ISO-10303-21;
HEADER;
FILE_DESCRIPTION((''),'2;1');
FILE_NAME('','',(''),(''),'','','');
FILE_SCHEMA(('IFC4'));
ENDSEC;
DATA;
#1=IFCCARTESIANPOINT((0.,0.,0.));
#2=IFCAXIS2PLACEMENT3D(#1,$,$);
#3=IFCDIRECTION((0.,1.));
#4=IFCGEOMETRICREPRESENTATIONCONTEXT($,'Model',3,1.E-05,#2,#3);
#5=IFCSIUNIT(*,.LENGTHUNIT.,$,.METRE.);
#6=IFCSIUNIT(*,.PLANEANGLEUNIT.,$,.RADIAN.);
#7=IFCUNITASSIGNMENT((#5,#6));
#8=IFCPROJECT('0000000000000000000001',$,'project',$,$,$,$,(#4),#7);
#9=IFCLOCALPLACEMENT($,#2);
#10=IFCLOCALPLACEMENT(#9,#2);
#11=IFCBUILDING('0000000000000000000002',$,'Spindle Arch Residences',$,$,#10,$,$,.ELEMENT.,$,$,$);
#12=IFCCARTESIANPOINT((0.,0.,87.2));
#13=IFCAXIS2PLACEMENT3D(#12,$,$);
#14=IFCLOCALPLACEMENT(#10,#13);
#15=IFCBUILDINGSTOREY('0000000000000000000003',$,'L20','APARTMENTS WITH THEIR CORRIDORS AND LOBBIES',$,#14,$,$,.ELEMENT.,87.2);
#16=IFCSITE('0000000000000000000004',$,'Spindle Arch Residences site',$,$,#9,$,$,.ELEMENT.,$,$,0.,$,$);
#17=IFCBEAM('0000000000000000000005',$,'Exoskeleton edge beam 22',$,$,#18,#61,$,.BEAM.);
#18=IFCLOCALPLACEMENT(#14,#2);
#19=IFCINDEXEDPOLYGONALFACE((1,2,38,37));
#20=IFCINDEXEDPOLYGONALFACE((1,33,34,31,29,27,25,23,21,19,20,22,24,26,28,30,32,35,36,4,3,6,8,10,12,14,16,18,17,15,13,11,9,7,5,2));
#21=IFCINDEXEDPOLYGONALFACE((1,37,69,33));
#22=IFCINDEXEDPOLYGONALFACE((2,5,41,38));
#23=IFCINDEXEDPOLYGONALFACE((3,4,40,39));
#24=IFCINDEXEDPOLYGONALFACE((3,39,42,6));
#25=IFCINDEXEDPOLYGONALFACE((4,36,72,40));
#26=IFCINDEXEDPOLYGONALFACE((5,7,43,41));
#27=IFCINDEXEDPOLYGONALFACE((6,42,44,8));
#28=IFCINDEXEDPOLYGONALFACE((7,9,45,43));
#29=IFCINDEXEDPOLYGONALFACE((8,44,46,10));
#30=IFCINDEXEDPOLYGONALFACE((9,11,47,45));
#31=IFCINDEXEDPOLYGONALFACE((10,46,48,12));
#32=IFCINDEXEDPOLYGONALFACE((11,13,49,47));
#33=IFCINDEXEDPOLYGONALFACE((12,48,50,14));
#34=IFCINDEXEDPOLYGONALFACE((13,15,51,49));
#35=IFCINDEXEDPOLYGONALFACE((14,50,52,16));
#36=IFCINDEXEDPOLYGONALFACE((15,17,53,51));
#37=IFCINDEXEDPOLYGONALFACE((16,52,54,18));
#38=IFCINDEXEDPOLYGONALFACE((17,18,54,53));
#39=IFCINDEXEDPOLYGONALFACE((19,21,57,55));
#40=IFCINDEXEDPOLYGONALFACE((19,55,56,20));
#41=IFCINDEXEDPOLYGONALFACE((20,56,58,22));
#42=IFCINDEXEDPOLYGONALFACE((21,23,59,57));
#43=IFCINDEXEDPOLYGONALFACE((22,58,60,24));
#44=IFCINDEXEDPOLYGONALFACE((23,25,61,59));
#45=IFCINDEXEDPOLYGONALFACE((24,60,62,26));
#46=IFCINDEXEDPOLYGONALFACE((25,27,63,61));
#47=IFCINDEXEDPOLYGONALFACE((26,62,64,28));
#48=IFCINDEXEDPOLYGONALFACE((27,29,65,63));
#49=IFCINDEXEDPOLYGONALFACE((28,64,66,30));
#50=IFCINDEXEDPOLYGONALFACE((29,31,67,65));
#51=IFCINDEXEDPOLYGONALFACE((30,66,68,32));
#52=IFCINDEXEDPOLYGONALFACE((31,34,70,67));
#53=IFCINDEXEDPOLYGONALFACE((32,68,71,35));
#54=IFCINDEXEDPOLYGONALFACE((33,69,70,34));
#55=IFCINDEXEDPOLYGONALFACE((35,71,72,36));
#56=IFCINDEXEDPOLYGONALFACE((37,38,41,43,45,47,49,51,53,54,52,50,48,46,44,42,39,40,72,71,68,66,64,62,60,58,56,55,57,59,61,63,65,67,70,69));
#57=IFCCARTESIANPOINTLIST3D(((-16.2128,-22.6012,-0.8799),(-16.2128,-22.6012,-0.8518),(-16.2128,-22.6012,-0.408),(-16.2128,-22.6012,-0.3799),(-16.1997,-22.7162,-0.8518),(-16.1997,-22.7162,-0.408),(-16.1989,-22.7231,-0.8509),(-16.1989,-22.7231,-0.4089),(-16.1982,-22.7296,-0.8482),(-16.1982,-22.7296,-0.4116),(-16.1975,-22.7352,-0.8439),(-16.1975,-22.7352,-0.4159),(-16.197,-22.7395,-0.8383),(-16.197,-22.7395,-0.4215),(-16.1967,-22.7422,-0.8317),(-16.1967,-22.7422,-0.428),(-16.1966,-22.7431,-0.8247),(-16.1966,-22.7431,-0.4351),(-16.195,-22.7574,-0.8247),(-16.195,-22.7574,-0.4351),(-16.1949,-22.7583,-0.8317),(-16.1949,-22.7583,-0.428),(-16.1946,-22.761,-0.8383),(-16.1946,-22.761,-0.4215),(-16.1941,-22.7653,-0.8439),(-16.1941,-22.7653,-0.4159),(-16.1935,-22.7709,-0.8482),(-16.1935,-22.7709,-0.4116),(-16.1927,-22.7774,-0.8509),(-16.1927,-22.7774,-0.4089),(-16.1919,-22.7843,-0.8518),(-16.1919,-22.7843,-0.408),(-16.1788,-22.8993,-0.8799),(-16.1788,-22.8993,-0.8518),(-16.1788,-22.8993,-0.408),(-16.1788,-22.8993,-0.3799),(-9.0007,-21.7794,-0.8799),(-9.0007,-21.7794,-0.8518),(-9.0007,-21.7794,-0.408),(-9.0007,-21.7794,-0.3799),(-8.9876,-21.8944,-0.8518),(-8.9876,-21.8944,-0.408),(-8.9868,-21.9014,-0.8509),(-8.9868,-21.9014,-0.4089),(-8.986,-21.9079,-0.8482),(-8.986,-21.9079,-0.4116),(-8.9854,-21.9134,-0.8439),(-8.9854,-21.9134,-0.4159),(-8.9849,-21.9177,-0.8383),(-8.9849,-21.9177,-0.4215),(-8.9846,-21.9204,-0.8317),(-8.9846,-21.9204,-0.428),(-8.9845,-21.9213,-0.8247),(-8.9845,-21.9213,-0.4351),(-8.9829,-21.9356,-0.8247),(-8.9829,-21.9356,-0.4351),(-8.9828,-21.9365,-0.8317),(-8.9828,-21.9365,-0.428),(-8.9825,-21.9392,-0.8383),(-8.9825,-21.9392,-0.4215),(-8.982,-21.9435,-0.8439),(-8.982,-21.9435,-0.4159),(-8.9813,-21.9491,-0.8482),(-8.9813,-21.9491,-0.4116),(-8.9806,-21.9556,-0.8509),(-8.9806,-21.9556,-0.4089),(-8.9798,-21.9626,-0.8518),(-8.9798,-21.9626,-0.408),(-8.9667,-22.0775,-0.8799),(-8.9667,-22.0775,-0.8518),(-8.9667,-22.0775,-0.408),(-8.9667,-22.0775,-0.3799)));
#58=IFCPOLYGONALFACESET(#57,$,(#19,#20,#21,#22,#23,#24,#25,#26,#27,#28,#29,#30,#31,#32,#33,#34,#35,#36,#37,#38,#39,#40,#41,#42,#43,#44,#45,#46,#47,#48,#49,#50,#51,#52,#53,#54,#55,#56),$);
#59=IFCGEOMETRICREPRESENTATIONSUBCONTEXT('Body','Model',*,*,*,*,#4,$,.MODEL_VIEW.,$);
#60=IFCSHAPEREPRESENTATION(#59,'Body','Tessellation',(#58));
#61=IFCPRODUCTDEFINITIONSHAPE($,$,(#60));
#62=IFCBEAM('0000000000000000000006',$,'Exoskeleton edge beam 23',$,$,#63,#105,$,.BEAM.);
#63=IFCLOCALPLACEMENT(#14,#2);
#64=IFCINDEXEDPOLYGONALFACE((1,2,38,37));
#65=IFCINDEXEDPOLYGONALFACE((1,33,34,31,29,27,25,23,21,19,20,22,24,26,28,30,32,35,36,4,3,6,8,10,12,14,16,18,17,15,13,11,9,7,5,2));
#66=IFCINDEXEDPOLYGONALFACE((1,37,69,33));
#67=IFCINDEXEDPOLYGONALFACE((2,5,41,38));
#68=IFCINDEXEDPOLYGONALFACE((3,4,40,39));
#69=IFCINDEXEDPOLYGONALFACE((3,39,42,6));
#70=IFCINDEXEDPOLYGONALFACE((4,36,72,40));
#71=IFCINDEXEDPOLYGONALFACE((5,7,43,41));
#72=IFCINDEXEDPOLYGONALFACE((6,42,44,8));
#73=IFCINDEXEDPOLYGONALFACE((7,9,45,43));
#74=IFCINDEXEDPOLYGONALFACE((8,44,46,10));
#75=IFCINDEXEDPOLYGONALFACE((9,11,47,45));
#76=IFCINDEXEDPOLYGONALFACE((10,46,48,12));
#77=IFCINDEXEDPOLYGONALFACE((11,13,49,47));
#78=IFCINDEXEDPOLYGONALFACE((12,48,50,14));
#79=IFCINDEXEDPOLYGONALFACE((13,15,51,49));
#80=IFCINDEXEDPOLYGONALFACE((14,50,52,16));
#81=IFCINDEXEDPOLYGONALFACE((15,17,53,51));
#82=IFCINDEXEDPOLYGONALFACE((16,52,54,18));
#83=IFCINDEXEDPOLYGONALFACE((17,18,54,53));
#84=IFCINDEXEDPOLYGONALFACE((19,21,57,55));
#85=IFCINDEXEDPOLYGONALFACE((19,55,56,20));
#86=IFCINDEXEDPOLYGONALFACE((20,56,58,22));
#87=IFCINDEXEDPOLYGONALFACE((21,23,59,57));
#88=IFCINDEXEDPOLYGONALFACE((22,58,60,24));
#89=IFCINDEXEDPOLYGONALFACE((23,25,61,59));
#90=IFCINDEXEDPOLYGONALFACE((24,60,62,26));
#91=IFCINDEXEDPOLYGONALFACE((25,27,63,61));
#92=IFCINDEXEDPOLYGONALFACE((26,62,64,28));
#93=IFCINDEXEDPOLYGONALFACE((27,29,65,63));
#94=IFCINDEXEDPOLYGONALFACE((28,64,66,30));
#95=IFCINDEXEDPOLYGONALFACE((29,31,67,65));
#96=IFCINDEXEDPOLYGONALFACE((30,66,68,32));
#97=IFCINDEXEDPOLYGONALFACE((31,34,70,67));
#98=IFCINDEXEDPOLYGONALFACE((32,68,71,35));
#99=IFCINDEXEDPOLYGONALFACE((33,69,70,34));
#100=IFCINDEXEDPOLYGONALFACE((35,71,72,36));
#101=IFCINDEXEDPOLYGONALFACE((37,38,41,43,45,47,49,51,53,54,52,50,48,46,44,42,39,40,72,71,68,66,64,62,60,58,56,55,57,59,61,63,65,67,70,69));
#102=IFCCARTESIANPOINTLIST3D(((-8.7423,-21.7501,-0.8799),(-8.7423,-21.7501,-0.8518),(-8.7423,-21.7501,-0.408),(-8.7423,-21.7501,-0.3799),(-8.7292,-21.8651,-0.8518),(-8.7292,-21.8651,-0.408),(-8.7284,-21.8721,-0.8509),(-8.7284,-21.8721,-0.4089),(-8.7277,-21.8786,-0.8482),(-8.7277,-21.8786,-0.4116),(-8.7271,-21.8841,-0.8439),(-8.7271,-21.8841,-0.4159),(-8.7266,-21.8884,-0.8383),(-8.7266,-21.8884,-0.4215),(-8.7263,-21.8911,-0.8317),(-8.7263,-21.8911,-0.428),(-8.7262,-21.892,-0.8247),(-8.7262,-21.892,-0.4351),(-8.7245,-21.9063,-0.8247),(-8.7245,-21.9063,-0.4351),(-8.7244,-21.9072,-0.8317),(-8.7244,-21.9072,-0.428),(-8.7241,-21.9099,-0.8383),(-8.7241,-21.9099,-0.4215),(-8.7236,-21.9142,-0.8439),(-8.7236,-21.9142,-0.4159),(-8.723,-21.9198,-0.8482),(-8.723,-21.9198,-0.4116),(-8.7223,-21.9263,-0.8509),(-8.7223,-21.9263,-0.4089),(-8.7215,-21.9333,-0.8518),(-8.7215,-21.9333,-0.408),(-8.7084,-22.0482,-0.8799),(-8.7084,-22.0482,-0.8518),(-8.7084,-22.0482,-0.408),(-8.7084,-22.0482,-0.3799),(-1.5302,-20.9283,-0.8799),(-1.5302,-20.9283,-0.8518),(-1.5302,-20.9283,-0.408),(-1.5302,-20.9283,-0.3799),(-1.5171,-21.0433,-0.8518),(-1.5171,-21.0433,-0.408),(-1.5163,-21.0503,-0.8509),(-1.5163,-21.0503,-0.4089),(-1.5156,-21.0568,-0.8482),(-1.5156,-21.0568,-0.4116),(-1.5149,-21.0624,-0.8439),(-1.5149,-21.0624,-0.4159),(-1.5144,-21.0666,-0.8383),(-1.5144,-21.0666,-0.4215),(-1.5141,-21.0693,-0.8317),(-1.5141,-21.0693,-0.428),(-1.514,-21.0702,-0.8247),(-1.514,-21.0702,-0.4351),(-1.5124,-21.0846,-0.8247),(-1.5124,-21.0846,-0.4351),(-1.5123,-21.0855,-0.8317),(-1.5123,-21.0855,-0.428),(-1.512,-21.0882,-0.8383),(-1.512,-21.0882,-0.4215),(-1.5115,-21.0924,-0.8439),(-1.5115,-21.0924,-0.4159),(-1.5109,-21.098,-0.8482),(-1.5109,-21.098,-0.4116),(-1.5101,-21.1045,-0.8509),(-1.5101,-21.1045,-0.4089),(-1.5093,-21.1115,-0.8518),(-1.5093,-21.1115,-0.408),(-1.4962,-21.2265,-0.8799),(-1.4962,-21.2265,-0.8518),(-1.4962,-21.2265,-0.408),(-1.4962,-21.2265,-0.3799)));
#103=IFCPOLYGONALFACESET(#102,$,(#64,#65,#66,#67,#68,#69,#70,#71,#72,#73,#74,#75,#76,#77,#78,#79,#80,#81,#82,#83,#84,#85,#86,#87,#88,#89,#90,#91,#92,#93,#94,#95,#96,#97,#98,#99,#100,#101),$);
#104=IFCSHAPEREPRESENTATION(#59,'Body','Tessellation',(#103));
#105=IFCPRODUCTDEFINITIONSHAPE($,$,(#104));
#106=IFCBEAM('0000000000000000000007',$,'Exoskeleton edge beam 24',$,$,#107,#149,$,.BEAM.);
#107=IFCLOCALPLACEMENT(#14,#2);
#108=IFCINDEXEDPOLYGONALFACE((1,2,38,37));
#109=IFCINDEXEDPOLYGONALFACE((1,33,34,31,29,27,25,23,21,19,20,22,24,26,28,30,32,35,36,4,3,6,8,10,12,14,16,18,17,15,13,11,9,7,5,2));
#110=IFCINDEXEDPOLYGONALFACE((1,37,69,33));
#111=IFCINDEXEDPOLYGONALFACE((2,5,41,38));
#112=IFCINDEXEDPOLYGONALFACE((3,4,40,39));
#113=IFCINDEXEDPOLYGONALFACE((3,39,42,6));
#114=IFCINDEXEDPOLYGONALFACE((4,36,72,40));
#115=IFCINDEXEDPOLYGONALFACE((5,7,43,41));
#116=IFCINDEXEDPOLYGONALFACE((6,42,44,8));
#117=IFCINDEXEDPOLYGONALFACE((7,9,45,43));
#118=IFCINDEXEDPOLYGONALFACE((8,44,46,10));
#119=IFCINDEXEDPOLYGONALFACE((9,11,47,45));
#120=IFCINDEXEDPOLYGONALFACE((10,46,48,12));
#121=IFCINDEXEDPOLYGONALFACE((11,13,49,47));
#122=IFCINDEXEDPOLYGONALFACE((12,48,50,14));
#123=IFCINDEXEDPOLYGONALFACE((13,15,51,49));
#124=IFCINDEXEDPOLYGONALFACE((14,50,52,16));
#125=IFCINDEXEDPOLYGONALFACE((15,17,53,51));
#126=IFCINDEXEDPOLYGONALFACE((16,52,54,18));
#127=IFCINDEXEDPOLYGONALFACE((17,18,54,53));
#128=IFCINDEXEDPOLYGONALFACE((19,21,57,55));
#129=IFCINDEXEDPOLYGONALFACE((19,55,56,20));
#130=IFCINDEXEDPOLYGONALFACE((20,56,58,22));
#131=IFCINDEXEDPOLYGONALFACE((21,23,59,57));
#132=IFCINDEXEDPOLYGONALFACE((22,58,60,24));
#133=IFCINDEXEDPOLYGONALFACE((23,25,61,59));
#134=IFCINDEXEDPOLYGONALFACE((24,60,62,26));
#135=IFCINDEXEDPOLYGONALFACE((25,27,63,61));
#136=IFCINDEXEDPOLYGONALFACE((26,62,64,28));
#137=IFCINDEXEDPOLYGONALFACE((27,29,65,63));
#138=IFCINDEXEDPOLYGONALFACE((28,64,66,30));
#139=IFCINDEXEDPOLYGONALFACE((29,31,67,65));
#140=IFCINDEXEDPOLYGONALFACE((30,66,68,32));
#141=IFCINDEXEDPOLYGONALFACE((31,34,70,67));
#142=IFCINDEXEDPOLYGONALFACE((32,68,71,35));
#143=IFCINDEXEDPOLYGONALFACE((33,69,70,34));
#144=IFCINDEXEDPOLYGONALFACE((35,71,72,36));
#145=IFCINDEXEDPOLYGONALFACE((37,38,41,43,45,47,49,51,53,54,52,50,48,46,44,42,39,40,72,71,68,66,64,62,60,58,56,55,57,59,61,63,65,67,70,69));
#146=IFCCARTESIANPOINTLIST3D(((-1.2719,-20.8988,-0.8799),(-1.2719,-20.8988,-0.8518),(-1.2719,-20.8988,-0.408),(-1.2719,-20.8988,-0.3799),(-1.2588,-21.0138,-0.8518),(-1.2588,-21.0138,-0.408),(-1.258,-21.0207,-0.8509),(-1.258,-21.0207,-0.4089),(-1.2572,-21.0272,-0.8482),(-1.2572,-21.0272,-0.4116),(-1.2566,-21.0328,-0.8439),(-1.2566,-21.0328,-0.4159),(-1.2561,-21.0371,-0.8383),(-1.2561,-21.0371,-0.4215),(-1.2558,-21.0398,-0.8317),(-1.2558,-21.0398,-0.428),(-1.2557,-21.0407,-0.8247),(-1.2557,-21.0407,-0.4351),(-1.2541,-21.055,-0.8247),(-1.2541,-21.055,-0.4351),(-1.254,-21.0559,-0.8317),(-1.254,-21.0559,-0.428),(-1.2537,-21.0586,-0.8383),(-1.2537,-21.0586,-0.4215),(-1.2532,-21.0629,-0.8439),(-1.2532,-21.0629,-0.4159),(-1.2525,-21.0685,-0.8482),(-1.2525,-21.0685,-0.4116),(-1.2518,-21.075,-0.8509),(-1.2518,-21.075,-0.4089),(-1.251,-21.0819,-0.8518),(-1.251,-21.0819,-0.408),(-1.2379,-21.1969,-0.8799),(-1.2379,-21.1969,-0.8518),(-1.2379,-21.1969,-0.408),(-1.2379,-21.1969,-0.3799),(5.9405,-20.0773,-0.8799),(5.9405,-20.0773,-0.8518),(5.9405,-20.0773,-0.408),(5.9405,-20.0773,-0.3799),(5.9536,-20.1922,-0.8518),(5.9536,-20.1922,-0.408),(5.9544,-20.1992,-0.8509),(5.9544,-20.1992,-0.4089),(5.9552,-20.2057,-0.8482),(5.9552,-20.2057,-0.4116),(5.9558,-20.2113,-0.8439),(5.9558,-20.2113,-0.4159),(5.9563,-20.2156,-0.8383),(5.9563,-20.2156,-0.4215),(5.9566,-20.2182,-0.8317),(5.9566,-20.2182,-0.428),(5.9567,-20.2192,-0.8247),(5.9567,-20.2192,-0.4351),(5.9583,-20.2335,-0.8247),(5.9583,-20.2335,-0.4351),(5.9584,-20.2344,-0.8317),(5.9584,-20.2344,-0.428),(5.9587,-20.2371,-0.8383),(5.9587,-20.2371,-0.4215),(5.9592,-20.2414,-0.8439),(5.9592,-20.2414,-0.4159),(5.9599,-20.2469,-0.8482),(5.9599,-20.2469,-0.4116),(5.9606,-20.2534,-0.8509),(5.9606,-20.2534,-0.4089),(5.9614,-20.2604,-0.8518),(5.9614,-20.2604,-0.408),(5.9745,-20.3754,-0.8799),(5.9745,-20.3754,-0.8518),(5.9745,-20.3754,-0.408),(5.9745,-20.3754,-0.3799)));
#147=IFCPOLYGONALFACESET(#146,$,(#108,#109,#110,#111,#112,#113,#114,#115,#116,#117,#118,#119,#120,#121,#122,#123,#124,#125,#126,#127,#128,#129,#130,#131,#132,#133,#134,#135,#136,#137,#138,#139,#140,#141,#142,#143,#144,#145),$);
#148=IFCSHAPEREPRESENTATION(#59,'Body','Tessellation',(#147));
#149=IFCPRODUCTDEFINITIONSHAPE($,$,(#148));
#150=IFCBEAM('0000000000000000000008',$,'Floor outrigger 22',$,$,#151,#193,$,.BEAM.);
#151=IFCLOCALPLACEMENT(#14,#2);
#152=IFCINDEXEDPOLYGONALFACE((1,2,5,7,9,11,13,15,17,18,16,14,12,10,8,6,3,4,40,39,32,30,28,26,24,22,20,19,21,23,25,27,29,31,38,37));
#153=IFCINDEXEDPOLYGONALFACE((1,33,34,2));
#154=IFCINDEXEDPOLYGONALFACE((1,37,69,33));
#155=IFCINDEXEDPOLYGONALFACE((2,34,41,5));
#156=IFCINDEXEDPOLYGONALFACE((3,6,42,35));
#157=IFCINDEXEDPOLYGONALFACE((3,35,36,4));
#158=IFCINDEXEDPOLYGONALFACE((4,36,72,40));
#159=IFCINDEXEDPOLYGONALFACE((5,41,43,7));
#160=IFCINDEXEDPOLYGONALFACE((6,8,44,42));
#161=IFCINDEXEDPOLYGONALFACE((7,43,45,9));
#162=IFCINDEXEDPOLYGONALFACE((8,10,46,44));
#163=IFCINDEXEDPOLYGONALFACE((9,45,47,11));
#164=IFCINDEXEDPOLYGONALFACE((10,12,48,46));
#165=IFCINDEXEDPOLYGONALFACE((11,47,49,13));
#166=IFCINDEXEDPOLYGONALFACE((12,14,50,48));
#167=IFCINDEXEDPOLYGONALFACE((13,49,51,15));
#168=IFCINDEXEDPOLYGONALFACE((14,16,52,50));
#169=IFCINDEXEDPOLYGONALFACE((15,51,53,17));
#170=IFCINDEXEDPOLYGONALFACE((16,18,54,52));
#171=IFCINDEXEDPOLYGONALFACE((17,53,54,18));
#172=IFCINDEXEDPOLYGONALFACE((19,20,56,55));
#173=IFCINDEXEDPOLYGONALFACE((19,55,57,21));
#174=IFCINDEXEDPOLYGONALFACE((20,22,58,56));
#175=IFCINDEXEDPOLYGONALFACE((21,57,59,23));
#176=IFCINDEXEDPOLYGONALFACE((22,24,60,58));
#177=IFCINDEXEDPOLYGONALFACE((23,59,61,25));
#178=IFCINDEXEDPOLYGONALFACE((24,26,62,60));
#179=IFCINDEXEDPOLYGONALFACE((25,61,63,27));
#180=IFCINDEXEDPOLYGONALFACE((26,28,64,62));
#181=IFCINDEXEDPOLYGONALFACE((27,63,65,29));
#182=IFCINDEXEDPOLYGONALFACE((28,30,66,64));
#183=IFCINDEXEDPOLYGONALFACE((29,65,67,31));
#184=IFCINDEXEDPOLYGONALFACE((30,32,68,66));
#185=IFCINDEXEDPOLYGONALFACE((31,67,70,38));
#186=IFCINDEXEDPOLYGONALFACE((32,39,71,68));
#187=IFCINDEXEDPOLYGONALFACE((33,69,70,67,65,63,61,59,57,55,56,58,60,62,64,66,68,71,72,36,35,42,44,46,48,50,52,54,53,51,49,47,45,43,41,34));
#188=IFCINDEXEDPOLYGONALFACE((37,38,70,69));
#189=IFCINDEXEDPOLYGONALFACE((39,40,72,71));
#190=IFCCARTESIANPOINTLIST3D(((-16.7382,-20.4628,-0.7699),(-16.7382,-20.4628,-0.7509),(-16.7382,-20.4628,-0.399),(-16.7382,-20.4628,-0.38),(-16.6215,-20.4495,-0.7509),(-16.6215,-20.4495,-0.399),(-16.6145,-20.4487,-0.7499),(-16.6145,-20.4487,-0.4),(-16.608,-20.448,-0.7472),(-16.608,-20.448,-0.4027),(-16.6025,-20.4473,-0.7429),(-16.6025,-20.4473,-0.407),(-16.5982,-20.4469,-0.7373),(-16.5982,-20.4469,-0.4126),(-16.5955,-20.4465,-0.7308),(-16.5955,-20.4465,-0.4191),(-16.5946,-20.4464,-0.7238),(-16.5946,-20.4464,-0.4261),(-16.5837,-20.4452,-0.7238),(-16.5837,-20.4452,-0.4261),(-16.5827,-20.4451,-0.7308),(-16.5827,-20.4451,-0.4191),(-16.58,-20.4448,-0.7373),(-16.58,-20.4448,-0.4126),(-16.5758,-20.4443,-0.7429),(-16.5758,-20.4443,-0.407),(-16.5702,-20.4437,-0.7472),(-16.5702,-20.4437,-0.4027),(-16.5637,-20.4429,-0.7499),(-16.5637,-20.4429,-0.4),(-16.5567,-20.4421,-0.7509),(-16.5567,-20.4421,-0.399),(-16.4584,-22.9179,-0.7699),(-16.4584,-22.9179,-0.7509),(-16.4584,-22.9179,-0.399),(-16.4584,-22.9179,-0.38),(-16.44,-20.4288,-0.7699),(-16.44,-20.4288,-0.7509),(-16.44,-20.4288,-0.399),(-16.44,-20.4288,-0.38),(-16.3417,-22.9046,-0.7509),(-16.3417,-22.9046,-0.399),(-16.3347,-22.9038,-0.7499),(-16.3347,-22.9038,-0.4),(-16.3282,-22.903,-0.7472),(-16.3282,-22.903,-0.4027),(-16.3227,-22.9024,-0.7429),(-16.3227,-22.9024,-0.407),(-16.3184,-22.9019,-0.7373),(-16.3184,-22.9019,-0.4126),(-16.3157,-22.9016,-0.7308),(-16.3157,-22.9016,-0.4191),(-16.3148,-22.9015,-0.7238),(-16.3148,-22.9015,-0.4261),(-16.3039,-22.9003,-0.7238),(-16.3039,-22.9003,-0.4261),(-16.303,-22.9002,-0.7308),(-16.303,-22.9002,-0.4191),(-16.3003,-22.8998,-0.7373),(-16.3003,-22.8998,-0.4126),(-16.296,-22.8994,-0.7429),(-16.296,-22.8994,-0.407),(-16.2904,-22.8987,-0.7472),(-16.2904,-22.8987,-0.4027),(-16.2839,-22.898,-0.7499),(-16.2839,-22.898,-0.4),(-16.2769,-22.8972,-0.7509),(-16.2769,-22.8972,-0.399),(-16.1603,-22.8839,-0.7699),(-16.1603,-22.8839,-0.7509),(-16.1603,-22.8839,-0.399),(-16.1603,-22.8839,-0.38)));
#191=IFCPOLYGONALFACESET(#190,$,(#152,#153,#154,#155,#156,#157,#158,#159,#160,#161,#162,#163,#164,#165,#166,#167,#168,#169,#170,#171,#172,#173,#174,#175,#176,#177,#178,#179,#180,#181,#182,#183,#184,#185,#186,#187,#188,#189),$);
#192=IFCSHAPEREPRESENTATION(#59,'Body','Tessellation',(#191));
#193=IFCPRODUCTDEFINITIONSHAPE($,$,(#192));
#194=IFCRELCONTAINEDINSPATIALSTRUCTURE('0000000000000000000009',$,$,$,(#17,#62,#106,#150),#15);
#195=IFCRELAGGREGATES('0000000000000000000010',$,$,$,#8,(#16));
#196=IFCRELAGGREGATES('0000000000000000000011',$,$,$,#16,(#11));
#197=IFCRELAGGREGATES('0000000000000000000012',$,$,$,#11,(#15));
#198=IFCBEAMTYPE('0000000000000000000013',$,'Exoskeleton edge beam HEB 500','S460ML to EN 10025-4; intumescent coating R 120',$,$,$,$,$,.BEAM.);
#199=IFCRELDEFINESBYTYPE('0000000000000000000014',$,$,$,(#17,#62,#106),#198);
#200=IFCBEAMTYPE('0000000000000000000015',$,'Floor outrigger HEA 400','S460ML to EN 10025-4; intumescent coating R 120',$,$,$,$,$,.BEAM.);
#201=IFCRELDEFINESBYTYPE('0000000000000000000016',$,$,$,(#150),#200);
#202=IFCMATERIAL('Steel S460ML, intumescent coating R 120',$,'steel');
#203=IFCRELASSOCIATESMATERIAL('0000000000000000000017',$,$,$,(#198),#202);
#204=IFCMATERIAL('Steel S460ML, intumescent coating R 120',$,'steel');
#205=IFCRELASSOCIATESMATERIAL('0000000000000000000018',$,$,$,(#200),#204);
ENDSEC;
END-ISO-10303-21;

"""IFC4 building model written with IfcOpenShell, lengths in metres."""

from ifc_helpers import new_model, si_unit, direction, frame, origin, origin_2d, place, context, subcontext, project, spatial, i_section, extrude, material, material_profile, profile_set, type_object, element, save


model = new_model("IFC4")

# Units and contexts
model_context = context("Model", 3, precision=1e-05, world=origin(), true_north=direction((0.0, 1.0)))
body_context = subcontext(model_context, "Body", "Model", "MODEL_VIEW")
ifc_project = project(units=[si_unit("LENGTHUNIT", "METRE"), si_unit("PLANEANGLEUNIT", "RADIAN")], contexts=[model_context])

# Site, building, storey
site_placement = place(None, origin())
site = spatial("IfcSite", under=ifc_project, at=site_placement, Name="Spindle Arch Residences site", CompositionType="ELEMENT", RefElevation=0.0)
building_placement = place(site_placement, origin())
building = spatial("IfcBuilding", under=site, at=building_placement, Name="Spindle Arch Residences", CompositionType="ELEMENT")
storey_placement = place(building_placement, frame((0.0, 0.0, 87.2)))
storey = spatial("IfcBuildingStorey", under=building, at=storey_placement, Name="L20", Description="APARTMENTS WITH THEIR CORRIDORS AND LOBBIES", CompositionType="ELEMENT", Elevation=87.2)

# Beams
ifc_material_1 = material(Name="Steel S460ML, intumescent coating R 120", Category="steel")
ifc_material_profile_1 = material_profile(ifc_material_1, i_section(OverallWidth=0.3, OverallDepth=0.5, WebThickness=0.0144, FlangeThickness=0.0281, FilletRadius=0.0271, at=origin_2d()), Name="HEB 500")
ifc_profile_set_1 = profile_set([ifc_material_profile_1], Name="Steel S460ML, intumescent coating R 120")
beam_type_1 = type_object("IfcBeamType", Name="Exoskeleton edge beam HEB 500", Description="S460ML to EN 10025-4; intumescent coating R 120", PredefinedType="BEAM", material=ifc_profile_set_1)
for number, where, z_axis, x_axis, name in (
    (1, (-16.1958, -22.7502, -0.6299), (0.993571, 0.113211, 0.0), (-0.113211, 0.993571, 0.0), "Exoskeleton edge beam 22"),
    (2, (-8.7253, -21.8992, -0.6299), (0.993571, 0.113211, 0.0), (-0.113211, 0.993571, 0.0), "Exoskeleton edge beam 23"),
):
    element("IfcBeam", number, at=place(storey_placement, frame(where, z_axis=z_axis, x_axis=x_axis)), inside=storey, type_object=beam_type_1, Name=name, PredefinedType="BEAM", context=body_context, shape_type="SweptSolid", body=[
        extrude(i_section(OverallWidth=0.3, OverallDepth=0.5, WebThickness=0.0144, FlangeThickness=0.0281, FilletRadius=0.0271, at=origin_2d()), origin(), (0.0, 0.0, 1.0), 7.2588),
    ])
beam_1_placement = place(storey_placement, frame((-1.2549, -21.0479, -0.6299), z_axis=(0.993575, 0.113174, 0.0), x_axis=(-0.113174, 0.993575, 0.0)))
element("IfcBeam", 3, at=beam_1_placement, inside=storey, type_object=beam_type_1, Name="Exoskeleton edge beam 24", PredefinedType="BEAM", context=body_context, shape_type="SweptSolid", body=[
    extrude(i_section(OverallWidth=0.3, OverallDepth=0.5, WebThickness=0.0144, FlangeThickness=0.0281, FilletRadius=0.0271, at=origin_2d()), origin(), (0.0, 0.0, 1.0), 7.259),
])
ifc_material_2 = material(Name="Steel S460ML, intumescent coating R 120", Category="steel")
ifc_material_profile_2 = material_profile(ifc_material_2, i_section(OverallWidth=0.3, OverallDepth=0.3899, WebThickness=0.011, FlangeThickness=0.019, FilletRadius=0.0271, at=origin_2d()), Name="HEA 400")
ifc_profile_set_2 = profile_set([ifc_material_profile_2], Name="Steel S460ML, intumescent coating R 120")
beam_type_2 = type_object("IfcBeamType", Name="Floor outrigger HEA 400", Description="S460ML to EN 10025-4; intumescent coating R 120", PredefinedType="BEAM", material=ifc_profile_set_2)
beam_2_placement = place(storey_placement, frame((-16.3093, -22.9009, -0.575), z_axis=(-0.113229, 0.993569, 0.0), x_axis=(-0.993569, -0.113229, 0.0)))
element("IfcBeam", 4, at=beam_2_placement, inside=storey, type_object=beam_type_2, Name="Floor outrigger 22", PredefinedType="BEAM", context=body_context, shape_type="SweptSolid", body=[
    extrude(i_section(OverallWidth=0.3, OverallDepth=0.3899, WebThickness=0.011, FlangeThickness=0.019, FilletRadius=0.0271, at=origin_2d()), origin(), (0.0, 0.0, 1.0), 2.4709),
])

save(model, "model.ifc")
